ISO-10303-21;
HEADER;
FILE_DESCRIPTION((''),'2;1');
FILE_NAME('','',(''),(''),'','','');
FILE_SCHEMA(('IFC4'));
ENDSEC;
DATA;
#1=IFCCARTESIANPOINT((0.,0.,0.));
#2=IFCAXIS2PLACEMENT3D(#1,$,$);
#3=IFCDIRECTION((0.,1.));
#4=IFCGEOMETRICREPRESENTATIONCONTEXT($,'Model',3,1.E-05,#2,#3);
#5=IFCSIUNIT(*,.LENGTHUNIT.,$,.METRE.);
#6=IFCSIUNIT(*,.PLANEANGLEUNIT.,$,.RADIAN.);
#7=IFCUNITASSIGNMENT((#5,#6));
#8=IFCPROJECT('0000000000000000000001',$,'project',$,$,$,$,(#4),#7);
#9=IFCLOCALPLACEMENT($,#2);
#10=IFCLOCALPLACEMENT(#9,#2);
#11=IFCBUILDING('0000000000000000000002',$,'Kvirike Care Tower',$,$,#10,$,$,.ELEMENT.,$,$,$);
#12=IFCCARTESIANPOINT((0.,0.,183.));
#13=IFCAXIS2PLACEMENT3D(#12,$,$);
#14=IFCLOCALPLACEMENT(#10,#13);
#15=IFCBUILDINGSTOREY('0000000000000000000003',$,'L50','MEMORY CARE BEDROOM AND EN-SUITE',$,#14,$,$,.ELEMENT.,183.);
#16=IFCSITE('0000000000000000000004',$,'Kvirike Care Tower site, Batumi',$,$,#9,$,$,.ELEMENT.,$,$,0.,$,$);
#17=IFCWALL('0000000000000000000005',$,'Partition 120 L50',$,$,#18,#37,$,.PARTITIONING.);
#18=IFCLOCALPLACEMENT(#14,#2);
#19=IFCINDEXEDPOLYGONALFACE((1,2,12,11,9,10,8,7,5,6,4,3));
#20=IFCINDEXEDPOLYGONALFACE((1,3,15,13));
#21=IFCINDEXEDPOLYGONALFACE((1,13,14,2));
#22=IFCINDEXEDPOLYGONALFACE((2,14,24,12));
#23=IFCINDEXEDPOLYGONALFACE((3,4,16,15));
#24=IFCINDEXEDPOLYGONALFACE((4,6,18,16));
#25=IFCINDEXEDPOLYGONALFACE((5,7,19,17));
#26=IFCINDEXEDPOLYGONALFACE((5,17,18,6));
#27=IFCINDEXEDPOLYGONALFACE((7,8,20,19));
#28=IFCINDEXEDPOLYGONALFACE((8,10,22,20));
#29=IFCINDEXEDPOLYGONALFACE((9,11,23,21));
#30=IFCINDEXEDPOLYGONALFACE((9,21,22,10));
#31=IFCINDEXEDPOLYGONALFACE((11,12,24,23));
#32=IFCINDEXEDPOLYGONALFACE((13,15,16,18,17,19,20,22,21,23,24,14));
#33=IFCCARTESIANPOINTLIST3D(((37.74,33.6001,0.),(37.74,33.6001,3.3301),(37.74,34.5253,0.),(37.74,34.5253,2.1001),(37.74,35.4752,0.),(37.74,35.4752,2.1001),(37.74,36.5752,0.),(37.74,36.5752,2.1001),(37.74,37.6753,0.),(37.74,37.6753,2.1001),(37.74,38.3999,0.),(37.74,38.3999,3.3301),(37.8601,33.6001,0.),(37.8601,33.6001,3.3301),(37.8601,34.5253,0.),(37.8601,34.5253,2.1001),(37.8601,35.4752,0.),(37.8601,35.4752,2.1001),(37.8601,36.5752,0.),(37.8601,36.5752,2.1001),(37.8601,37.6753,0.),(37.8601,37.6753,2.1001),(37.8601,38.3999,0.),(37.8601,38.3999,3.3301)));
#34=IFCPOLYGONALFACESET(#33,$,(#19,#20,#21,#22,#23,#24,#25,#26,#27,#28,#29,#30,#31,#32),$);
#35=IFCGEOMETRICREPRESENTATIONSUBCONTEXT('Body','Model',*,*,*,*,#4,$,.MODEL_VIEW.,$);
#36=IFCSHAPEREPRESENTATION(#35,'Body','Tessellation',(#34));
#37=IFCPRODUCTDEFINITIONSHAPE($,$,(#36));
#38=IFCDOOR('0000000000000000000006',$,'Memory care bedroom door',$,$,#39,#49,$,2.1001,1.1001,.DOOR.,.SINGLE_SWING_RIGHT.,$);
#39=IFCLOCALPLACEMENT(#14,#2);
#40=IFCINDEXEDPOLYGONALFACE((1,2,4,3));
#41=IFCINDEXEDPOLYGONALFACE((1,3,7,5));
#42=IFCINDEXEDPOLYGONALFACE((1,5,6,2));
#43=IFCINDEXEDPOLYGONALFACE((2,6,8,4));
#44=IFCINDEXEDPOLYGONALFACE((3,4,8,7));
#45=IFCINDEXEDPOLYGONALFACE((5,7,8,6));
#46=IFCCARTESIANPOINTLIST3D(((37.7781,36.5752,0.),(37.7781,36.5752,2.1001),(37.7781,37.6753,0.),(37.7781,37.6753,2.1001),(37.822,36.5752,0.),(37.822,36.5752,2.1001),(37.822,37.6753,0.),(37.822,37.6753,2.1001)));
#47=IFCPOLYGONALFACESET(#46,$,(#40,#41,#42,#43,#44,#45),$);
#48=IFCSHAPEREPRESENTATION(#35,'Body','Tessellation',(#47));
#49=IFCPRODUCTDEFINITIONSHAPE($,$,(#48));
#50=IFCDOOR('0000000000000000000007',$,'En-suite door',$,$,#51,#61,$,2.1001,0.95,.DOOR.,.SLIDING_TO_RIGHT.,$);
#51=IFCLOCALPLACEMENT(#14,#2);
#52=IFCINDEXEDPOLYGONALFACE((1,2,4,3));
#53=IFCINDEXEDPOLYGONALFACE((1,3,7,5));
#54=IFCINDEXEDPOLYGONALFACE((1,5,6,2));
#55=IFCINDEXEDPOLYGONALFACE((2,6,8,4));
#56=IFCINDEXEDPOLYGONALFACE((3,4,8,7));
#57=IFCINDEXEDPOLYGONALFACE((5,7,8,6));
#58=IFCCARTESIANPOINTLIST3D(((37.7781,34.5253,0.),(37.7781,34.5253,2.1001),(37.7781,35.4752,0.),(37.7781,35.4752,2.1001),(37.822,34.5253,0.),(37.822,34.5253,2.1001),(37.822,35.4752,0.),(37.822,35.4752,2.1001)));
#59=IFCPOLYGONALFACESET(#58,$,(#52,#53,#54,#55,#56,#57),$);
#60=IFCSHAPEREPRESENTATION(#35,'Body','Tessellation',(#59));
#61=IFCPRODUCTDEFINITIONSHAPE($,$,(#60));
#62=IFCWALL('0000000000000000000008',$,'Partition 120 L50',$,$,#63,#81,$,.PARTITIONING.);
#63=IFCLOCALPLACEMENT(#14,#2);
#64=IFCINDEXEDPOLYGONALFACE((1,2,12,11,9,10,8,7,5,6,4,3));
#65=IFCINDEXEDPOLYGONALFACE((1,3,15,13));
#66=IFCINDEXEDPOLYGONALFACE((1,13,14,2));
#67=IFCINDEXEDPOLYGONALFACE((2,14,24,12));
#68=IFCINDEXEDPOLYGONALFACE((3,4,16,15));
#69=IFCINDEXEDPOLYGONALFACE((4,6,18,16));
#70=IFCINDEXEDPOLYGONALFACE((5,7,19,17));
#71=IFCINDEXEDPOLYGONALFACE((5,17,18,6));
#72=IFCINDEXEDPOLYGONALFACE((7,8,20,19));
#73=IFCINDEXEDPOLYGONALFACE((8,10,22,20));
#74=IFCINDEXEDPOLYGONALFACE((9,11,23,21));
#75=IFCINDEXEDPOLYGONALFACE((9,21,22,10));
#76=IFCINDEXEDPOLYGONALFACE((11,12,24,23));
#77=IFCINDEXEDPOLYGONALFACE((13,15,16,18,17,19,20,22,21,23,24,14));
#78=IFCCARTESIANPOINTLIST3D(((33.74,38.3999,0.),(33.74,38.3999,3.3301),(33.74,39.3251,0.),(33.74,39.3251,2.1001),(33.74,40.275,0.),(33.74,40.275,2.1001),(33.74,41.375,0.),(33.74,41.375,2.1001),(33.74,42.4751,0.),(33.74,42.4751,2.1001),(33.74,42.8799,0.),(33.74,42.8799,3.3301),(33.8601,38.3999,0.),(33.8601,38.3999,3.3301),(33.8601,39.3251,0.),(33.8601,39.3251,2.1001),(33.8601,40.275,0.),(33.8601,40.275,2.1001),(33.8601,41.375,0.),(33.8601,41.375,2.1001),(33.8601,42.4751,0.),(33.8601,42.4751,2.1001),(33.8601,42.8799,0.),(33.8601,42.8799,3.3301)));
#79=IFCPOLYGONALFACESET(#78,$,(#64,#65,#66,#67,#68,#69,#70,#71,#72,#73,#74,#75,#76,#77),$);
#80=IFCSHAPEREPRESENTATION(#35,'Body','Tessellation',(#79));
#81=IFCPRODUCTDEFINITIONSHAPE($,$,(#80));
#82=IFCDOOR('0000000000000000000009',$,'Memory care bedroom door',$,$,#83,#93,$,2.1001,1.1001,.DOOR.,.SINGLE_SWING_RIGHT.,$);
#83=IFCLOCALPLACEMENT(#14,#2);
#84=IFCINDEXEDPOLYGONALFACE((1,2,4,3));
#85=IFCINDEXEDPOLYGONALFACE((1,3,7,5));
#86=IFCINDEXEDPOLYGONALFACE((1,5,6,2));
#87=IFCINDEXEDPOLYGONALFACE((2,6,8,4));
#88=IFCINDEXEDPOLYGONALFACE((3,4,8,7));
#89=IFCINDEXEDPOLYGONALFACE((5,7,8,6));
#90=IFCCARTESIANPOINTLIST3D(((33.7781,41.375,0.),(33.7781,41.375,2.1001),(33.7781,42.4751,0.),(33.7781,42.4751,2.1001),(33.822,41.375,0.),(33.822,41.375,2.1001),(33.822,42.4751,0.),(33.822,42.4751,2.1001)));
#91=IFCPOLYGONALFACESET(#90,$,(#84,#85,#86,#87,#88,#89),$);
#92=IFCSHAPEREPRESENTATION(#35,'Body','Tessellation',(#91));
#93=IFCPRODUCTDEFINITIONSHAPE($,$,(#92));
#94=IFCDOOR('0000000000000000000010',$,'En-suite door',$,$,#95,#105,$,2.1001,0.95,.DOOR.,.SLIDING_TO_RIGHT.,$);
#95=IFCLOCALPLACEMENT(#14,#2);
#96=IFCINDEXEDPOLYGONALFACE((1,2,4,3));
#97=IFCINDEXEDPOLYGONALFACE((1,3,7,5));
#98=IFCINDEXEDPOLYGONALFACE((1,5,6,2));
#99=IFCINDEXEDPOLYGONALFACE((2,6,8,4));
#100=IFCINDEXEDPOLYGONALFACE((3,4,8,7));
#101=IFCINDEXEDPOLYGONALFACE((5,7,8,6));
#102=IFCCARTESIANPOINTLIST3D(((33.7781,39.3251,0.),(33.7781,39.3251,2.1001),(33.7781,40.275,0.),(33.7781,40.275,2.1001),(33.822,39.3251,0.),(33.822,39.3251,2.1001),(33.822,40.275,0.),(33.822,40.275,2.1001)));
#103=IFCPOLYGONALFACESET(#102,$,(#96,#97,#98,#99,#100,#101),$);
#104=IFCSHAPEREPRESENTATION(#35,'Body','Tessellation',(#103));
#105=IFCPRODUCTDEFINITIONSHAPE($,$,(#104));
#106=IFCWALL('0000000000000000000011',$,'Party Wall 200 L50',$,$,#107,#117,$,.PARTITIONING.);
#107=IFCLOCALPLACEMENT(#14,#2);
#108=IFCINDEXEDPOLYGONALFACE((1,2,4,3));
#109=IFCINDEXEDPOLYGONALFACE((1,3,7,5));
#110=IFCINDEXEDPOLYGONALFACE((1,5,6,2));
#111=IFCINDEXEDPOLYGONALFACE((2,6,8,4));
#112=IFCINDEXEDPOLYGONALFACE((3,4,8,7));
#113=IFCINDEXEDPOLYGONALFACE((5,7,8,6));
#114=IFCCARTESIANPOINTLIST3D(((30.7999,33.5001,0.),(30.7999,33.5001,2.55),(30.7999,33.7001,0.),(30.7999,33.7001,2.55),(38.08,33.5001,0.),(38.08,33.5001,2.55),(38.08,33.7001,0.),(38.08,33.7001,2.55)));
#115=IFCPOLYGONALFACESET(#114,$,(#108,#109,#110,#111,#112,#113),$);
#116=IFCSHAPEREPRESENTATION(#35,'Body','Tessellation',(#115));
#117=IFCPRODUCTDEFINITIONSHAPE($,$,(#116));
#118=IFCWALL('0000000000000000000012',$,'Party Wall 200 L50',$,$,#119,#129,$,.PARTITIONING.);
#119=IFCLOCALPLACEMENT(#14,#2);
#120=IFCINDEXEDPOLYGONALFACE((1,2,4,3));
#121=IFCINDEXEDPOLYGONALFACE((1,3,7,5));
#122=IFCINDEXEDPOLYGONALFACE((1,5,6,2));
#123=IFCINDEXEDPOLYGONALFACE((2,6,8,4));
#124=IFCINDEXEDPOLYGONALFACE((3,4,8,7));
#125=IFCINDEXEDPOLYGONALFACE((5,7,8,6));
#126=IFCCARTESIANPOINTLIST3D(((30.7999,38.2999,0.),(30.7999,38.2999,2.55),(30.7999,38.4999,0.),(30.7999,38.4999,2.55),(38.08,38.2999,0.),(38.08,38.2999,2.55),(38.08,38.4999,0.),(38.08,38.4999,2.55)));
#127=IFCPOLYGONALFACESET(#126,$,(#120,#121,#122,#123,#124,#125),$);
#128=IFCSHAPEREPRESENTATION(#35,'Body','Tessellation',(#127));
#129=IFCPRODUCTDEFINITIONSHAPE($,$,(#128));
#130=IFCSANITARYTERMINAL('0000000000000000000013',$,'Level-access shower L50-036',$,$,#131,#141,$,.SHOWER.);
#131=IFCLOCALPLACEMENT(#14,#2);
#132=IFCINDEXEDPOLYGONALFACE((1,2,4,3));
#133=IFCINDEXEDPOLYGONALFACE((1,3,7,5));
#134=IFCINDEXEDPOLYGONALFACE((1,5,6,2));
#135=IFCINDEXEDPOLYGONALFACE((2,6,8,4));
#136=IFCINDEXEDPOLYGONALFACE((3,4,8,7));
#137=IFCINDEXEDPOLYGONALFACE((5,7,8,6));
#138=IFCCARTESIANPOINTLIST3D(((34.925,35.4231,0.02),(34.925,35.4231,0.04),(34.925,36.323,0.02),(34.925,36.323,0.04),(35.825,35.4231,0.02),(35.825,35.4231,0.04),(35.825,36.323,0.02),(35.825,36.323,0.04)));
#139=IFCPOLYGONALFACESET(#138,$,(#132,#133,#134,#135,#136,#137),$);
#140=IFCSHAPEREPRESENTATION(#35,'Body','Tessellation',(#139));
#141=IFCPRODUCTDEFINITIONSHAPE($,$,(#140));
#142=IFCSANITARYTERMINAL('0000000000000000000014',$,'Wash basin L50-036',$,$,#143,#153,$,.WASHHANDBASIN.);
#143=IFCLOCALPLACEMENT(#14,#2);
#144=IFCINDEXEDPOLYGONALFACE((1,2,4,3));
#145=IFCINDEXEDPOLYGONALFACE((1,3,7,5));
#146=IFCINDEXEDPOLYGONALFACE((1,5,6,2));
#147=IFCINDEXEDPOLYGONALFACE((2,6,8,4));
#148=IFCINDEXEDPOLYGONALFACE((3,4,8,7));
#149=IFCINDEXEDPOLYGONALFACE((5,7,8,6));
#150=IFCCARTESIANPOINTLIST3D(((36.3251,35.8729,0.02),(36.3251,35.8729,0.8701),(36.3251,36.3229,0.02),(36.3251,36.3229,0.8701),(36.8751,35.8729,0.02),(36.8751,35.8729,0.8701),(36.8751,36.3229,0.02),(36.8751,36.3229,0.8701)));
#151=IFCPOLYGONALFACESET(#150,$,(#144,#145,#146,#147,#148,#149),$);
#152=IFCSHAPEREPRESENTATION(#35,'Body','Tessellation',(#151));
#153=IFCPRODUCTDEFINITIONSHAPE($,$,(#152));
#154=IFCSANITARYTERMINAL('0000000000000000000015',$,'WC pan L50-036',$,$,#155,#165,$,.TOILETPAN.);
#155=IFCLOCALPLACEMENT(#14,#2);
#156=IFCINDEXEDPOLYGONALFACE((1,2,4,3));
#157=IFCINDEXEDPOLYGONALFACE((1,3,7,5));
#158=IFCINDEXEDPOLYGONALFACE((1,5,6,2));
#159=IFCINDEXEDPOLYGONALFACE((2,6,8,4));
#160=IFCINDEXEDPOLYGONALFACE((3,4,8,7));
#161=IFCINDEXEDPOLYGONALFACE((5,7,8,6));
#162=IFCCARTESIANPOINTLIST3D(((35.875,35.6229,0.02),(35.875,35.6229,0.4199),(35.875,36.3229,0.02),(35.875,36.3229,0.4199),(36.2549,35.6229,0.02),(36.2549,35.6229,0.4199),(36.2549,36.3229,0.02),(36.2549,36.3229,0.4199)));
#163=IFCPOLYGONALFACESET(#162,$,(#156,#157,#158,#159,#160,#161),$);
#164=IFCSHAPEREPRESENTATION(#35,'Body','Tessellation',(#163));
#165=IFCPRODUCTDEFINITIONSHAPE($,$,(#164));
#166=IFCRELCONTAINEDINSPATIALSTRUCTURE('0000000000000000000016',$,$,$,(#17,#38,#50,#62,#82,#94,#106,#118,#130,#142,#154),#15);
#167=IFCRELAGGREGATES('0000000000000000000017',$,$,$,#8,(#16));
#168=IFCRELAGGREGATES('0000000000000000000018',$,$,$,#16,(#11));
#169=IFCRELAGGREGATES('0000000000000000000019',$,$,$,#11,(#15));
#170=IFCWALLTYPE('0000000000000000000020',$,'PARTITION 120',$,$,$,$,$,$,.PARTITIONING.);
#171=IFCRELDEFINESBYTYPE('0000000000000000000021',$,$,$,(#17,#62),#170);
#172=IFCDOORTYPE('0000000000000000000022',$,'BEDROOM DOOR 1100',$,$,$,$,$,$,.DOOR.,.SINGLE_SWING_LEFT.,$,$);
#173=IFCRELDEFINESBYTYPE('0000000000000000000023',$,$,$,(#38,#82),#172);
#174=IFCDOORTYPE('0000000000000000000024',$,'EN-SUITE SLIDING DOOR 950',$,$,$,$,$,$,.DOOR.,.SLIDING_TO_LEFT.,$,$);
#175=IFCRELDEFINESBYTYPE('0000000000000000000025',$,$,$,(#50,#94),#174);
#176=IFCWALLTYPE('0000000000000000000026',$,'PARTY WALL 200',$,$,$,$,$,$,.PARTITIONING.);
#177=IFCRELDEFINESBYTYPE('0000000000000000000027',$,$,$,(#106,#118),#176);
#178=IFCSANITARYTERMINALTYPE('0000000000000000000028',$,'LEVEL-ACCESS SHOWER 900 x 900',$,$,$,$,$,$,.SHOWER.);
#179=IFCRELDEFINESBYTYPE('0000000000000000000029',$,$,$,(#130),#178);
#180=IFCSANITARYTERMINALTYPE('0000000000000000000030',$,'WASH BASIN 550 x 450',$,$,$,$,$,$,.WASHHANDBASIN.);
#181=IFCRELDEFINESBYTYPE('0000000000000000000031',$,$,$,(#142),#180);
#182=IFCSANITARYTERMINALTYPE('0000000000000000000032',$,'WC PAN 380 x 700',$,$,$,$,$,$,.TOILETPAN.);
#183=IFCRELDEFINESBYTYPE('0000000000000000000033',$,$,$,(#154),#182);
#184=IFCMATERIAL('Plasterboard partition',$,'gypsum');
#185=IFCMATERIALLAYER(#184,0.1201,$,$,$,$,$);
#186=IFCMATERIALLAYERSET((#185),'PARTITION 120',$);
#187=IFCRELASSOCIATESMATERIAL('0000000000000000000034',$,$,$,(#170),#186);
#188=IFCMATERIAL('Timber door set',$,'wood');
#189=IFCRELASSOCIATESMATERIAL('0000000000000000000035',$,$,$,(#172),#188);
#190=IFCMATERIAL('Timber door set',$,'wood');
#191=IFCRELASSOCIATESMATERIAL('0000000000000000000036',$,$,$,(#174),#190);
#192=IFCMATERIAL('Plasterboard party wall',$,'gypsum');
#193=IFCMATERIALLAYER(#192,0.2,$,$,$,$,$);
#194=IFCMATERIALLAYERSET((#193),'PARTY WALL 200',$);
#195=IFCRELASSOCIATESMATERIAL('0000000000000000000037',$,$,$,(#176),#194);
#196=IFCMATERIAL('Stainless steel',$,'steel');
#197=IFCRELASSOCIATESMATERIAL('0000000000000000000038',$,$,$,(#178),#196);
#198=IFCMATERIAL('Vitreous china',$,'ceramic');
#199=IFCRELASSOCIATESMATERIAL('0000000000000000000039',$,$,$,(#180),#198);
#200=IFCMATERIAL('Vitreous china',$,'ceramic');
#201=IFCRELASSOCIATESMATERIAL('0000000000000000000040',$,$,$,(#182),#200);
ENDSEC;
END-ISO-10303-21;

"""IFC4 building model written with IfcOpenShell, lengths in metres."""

from ifc_helpers import new_model, si_unit, direction, frame, frame_2d, origin, origin_2d, place, context, subcontext, project, spatial, rectangle, extrude, material, layer, layer_set, type_object, element, fill, save


model = new_model("IFC4")

# Units and contexts
model_context = context("Model", 3, precision=1e-05, world=origin(), true_north=direction((0.0, 1.0)))
body_context = subcontext(model_context, "Body", "Model", "MODEL_VIEW")
ifc_project = project(units=[si_unit("LENGTHUNIT", "METRE"), si_unit("PLANEANGLEUNIT", "RADIAN")], contexts=[model_context])

# Site, building, storey
site_placement = place(None, origin())
site = spatial("IfcSite", under=ifc_project, at=site_placement, Name="Kvirike Care Tower site, Batumi", CompositionType="ELEMENT", RefElevation=0.0)
building_placement = place(site_placement, origin())
building = spatial("IfcBuilding", under=site, at=building_placement, Name="Kvirike Care Tower", CompositionType="ELEMENT")
storey_placement = place(building_placement, frame((0.0, 0.0, 183.0)))
storey = spatial("IfcBuildingStorey", under=building, at=storey_placement, Name="L50", Description="MEMORY CARE BEDROOM AND EN-SUITE", CompositionType="ELEMENT", Elevation=183.0)

# Walls, openings, doors
ifc_material_1 = material(Name="Plasterboard partition", Category="gypsum")
ifc_layer_1 = layer(ifc_material_1, 0.1201)
ifc_layer_set_1 = layer_set([ifc_layer_1], Name="PARTITION 120")
wall_type_1 = type_object("IfcWallType", Name="PARTITION 120", PredefinedType="PARTITIONING", material=ifc_layer_set_1)
wall_1_placement = place(storey_placement, frame((37.8, 33.6001, 0.0), z_axis=(0.0, 0.0, 1.0), x_axis=(0.0, 1.0, 0.0)))
wall_1 = element("IfcWall", 1, at=wall_1_placement, inside=storey, type_object=wall_type_1, Name="Partition 120 L50", PredefinedType="PARTITIONING", context=body_context, shape_type="SweptSolid", body=[
    extrude(rectangle(XDim=4.7998, YDim=0.1201, at=frame_2d((2.3999, 0.0))), origin(), (0.0, 0.0, 1.0), 3.3301),
])
opening_1_placement = place(wall_1_placement, frame((2.9751, 0.0, 0.0)))
opening_1 = element("IfcOpeningElement", 2, at=opening_1_placement, cuts=wall_1, PredefinedType="OPENING", context=body_context, shape_type="SweptSolid", body=[
    extrude(rectangle(XDim=1.1001, YDim=2.1001, at=frame_2d((0.55, 1.05))), frame((0.0, 0.0706, 0.0), z_axis=(0.0, -1.0, 0.0), x_axis=(1.0, 0.0, 0.0)), (0.0, 0.0, 1.0), 0.1411),
])
opening_2_placement = place(wall_1_placement, frame((0.925, 0.0, 0.0)))
opening_2 = element("IfcOpeningElement", 3, at=opening_2_placement, cuts=wall_1, PredefinedType="OPENING", context=body_context, shape_type="SweptSolid", body=[
    extrude(rectangle(XDim=0.95, YDim=2.1001, at=frame_2d((0.4751, 1.05))), frame((0.0, 0.0706, 0.0), z_axis=(0.0, -1.0, 0.0), x_axis=(1.0, 0.0, 0.0)), (0.0, 0.0, 1.0), 0.1411),
])
ifc_material_2 = material(Name="Timber door set", Category="wood")
door_type_1 = type_object("IfcDoorType", Name="BEDROOM DOOR 1100", OperationType="SINGLE_SWING_LEFT", PredefinedType="DOOR", material=ifc_material_2)
door_1_placement = place(opening_1_placement, origin())
door_1 = element("IfcDoor", 4, at=door_1_placement, inside=storey, type_object=door_type_1, Name="Memory care bedroom door", OperationType="SINGLE_SWING_RIGHT", OverallHeight=2.1001, OverallWidth=1.1001, PredefinedType="DOOR", context=body_context, shape_type="SweptSolid", body=[
    extrude(rectangle(XDim=1.1001, YDim=2.1001, at=frame_2d((0.55, 1.05))), frame((0.0, 0.022, 0.0), z_axis=(0.0, -1.0, 0.0), x_axis=(1.0, 0.0, 0.0)), (0.0, 0.0, 1.0), 0.0439),
])
fill(opening_1, door_1)
ifc_material_3 = material(Name="Timber door set", Category="wood")
door_type_2 = type_object("IfcDoorType", Name="EN-SUITE SLIDING DOOR 950", OperationType="SLIDING_TO_LEFT", PredefinedType="DOOR", material=ifc_material_3)
door_2_placement = place(opening_2_placement, origin())
door_2 = element("IfcDoor", 5, at=door_2_placement, inside=storey, type_object=door_type_2, Name="En-suite door", OperationType="SLIDING_TO_RIGHT", OverallHeight=2.1001, OverallWidth=0.95, PredefinedType="DOOR", context=body_context, shape_type="SweptSolid", body=[
    extrude(rectangle(XDim=0.95, YDim=2.1001, at=frame_2d((0.4751, 1.05))), frame((0.0, 0.022, 0.0), z_axis=(0.0, -1.0, 0.0), x_axis=(1.0, 0.0, 0.0)), (0.0, 0.0, 1.0), 0.0439),
])
fill(opening_2, door_2)
wall_2_placement = place(storey_placement, frame((33.8, 38.3999, 0.0), z_axis=(0.0, 0.0, 1.0), x_axis=(0.0, 1.0, 0.0)))
wall_2 = element("IfcWall", 6, at=wall_2_placement, inside=storey, type_object=wall_type_1, Name="Partition 120 L50", PredefinedType="PARTITIONING", context=body_context, shape_type="SweptSolid", body=[
    extrude(rectangle(XDim=4.48, YDim=0.1201, at=frame_2d((2.24, 0.0))), origin(), (0.0, 0.0, 1.0), 3.3301),
])
opening_3_placement = place(wall_2_placement, frame((2.9751, 0.0, 0.0)))
opening_3 = element("IfcOpeningElement", 7, at=opening_3_placement, cuts=wall_2, PredefinedType="OPENING", context=body_context, shape_type="SweptSolid", body=[
    extrude(rectangle(XDim=1.1001, YDim=2.1001, at=frame_2d((0.55, 1.05))), frame((0.0, 0.0706, 0.0), z_axis=(0.0, -1.0, 0.0), x_axis=(1.0, 0.0, 0.0)), (0.0, 0.0, 1.0), 0.1411),
])
opening_4_placement = place(wall_2_placement, frame((0.925, 0.0, 0.0)))
opening_4 = element("IfcOpeningElement", 8, at=opening_4_placement, cuts=wall_2, PredefinedType="OPENING", context=body_context, shape_type="SweptSolid", body=[
    extrude(rectangle(XDim=0.95, YDim=2.1001, at=frame_2d((0.4751, 1.05))), frame((0.0, 0.0706, 0.0), z_axis=(0.0, -1.0, 0.0), x_axis=(1.0, 0.0, 0.0)), (0.0, 0.0, 1.0), 0.1411),
])
door_3_placement = place(opening_3_placement, origin())
door_3 = element("IfcDoor", 9, at=door_3_placement, inside=storey, type_object=door_type_1, Name="Memory care bedroom door", OperationType="SINGLE_SWING_RIGHT", OverallHeight=2.1001, OverallWidth=1.1001, PredefinedType="DOOR", context=body_context, shape_type="SweptSolid", body=[
    extrude(rectangle(XDim=1.1001, YDim=2.1001, at=frame_2d((0.55, 1.05))), frame((0.0, 0.022, 0.0), z_axis=(0.0, -1.0, 0.0), x_axis=(1.0, 0.0, 0.0)), (0.0, 0.0, 1.0), 0.0439),
])
fill(opening_3, door_3)
door_4_placement = place(opening_4_placement, origin())
door_4 = element("IfcDoor", 10, at=door_4_placement, inside=storey, type_object=door_type_2, Name="En-suite door", OperationType="SLIDING_TO_RIGHT", OverallHeight=2.1001, OverallWidth=0.95, PredefinedType="DOOR", context=body_context, shape_type="SweptSolid", body=[
    extrude(rectangle(XDim=0.95, YDim=2.1001, at=frame_2d((0.4751, 1.05))), frame((0.0, 0.022, 0.0), z_axis=(0.0, -1.0, 0.0), x_axis=(1.0, 0.0, 0.0)), (0.0, 0.0, 1.0), 0.0439),
])
fill(opening_4, door_4)

# Walls
ifc_material_4 = material(Name="Plasterboard party wall", Category="gypsum")
ifc_layer_2 = layer(ifc_material_4, 0.2)
ifc_layer_set_2 = layer_set([ifc_layer_2], Name="PARTY WALL 200")
wall_type_2 = type_object("IfcWallType", Name="PARTY WALL 200", PredefinedType="PARTITIONING", material=ifc_layer_set_2)
for number, where, z_axis, x_axis, name in (
    (11, (38.0801, 33.6001, 0.0), (0.0, 0.0, 1.0), (-1.0, 0.0, 0.0), "Party Wall 200 L50"),
    (12, (38.0801, 38.3999, 0.0), (0.0, 0.0, 1.0), (-1.0, 0.0, 0.0), "Party Wall 200 L50"),
):
    element("IfcWall", number, at=place(storey_placement, frame(where, z_axis=z_axis, x_axis=x_axis)), inside=storey, type_object=wall_type_2, Name=name, PredefinedType="PARTITIONING", context=body_context, shape_type="SweptSolid", body=[
        extrude(rectangle(XDim=7.28, YDim=0.2, at=frame_2d((3.6401, 0.0))), origin(), (0.0, 0.0, 1.0), 2.55),
    ])

# Sanitary terminals
ifc_material_5 = material(Name="Stainless steel", Category="steel")
sanitary_terminal_type_1 = type_object("IfcSanitaryTerminalType", Name="LEVEL-ACCESS SHOWER 900 x 900", PredefinedType="SHOWER", material=ifc_material_5)
sanitary_terminal_1_placement = place(storey_placement, frame((35.375, 35.873, 0.02), z_axis=(0.0, 0.0, 1.0), x_axis=(1.0, 0.0, 0.0)))
element("IfcSanitaryTerminal", 13, at=sanitary_terminal_1_placement, inside=storey, type_object=sanitary_terminal_type_1, Name="Level-access shower L50-036", PredefinedType="SHOWER", context=body_context, shape_type="SweptSolid", body=[
    extrude(rectangle(XDim=0.8999, YDim=0.8999, at=origin_2d()), origin(), (0.0, 0.0, 1.0), 0.02),
])
ifc_material_6 = material(Name="Vitreous china", Category="ceramic")
sanitary_terminal_type_2 = type_object("IfcSanitaryTerminalType", Name="WASH BASIN 550 x 450", PredefinedType="WASHHANDBASIN", material=ifc_material_6)
sanitary_terminal_2_placement = place(storey_placement, frame((36.6001, 36.0979, 0.02), z_axis=(0.0, 0.0, 1.0), x_axis=(1.0, 0.0, 0.0)))
element("IfcSanitaryTerminal", 14, at=sanitary_terminal_2_placement, inside=storey, type_object=sanitary_terminal_type_2, Name="Wash basin L50-036", PredefinedType="WASHHANDBASIN", context=body_context, shape_type="SweptSolid", body=[
    extrude(rectangle(XDim=0.55, YDim=0.45, at=origin_2d()), origin(), (0.0, 0.0, 1.0), 0.8501),
])
ifc_material_7 = material(Name="Vitreous china", Category="ceramic")
sanitary_terminal_type_3 = type_object("IfcSanitaryTerminalType", Name="WC PAN 380 x 700", PredefinedType="TOILETPAN", material=ifc_material_7)
sanitary_terminal_3_placement = place(storey_placement, frame((36.0649, 35.9729, 0.02), z_axis=(0.0, 0.0, 1.0), x_axis=(1.0, 0.0, 0.0)))
element("IfcSanitaryTerminal", 15, at=sanitary_terminal_3_placement, inside=storey, type_object=sanitary_terminal_type_3, Name="WC pan L50-036", PredefinedType="TOILETPAN", context=body_context, shape_type="SweptSolid", body=[
    extrude(rectangle(XDim=0.3799, YDim=0.7, at=origin_2d()), origin(), (0.0, 0.0, 1.0), 0.3999),
])

save(model, "model.ifc")
